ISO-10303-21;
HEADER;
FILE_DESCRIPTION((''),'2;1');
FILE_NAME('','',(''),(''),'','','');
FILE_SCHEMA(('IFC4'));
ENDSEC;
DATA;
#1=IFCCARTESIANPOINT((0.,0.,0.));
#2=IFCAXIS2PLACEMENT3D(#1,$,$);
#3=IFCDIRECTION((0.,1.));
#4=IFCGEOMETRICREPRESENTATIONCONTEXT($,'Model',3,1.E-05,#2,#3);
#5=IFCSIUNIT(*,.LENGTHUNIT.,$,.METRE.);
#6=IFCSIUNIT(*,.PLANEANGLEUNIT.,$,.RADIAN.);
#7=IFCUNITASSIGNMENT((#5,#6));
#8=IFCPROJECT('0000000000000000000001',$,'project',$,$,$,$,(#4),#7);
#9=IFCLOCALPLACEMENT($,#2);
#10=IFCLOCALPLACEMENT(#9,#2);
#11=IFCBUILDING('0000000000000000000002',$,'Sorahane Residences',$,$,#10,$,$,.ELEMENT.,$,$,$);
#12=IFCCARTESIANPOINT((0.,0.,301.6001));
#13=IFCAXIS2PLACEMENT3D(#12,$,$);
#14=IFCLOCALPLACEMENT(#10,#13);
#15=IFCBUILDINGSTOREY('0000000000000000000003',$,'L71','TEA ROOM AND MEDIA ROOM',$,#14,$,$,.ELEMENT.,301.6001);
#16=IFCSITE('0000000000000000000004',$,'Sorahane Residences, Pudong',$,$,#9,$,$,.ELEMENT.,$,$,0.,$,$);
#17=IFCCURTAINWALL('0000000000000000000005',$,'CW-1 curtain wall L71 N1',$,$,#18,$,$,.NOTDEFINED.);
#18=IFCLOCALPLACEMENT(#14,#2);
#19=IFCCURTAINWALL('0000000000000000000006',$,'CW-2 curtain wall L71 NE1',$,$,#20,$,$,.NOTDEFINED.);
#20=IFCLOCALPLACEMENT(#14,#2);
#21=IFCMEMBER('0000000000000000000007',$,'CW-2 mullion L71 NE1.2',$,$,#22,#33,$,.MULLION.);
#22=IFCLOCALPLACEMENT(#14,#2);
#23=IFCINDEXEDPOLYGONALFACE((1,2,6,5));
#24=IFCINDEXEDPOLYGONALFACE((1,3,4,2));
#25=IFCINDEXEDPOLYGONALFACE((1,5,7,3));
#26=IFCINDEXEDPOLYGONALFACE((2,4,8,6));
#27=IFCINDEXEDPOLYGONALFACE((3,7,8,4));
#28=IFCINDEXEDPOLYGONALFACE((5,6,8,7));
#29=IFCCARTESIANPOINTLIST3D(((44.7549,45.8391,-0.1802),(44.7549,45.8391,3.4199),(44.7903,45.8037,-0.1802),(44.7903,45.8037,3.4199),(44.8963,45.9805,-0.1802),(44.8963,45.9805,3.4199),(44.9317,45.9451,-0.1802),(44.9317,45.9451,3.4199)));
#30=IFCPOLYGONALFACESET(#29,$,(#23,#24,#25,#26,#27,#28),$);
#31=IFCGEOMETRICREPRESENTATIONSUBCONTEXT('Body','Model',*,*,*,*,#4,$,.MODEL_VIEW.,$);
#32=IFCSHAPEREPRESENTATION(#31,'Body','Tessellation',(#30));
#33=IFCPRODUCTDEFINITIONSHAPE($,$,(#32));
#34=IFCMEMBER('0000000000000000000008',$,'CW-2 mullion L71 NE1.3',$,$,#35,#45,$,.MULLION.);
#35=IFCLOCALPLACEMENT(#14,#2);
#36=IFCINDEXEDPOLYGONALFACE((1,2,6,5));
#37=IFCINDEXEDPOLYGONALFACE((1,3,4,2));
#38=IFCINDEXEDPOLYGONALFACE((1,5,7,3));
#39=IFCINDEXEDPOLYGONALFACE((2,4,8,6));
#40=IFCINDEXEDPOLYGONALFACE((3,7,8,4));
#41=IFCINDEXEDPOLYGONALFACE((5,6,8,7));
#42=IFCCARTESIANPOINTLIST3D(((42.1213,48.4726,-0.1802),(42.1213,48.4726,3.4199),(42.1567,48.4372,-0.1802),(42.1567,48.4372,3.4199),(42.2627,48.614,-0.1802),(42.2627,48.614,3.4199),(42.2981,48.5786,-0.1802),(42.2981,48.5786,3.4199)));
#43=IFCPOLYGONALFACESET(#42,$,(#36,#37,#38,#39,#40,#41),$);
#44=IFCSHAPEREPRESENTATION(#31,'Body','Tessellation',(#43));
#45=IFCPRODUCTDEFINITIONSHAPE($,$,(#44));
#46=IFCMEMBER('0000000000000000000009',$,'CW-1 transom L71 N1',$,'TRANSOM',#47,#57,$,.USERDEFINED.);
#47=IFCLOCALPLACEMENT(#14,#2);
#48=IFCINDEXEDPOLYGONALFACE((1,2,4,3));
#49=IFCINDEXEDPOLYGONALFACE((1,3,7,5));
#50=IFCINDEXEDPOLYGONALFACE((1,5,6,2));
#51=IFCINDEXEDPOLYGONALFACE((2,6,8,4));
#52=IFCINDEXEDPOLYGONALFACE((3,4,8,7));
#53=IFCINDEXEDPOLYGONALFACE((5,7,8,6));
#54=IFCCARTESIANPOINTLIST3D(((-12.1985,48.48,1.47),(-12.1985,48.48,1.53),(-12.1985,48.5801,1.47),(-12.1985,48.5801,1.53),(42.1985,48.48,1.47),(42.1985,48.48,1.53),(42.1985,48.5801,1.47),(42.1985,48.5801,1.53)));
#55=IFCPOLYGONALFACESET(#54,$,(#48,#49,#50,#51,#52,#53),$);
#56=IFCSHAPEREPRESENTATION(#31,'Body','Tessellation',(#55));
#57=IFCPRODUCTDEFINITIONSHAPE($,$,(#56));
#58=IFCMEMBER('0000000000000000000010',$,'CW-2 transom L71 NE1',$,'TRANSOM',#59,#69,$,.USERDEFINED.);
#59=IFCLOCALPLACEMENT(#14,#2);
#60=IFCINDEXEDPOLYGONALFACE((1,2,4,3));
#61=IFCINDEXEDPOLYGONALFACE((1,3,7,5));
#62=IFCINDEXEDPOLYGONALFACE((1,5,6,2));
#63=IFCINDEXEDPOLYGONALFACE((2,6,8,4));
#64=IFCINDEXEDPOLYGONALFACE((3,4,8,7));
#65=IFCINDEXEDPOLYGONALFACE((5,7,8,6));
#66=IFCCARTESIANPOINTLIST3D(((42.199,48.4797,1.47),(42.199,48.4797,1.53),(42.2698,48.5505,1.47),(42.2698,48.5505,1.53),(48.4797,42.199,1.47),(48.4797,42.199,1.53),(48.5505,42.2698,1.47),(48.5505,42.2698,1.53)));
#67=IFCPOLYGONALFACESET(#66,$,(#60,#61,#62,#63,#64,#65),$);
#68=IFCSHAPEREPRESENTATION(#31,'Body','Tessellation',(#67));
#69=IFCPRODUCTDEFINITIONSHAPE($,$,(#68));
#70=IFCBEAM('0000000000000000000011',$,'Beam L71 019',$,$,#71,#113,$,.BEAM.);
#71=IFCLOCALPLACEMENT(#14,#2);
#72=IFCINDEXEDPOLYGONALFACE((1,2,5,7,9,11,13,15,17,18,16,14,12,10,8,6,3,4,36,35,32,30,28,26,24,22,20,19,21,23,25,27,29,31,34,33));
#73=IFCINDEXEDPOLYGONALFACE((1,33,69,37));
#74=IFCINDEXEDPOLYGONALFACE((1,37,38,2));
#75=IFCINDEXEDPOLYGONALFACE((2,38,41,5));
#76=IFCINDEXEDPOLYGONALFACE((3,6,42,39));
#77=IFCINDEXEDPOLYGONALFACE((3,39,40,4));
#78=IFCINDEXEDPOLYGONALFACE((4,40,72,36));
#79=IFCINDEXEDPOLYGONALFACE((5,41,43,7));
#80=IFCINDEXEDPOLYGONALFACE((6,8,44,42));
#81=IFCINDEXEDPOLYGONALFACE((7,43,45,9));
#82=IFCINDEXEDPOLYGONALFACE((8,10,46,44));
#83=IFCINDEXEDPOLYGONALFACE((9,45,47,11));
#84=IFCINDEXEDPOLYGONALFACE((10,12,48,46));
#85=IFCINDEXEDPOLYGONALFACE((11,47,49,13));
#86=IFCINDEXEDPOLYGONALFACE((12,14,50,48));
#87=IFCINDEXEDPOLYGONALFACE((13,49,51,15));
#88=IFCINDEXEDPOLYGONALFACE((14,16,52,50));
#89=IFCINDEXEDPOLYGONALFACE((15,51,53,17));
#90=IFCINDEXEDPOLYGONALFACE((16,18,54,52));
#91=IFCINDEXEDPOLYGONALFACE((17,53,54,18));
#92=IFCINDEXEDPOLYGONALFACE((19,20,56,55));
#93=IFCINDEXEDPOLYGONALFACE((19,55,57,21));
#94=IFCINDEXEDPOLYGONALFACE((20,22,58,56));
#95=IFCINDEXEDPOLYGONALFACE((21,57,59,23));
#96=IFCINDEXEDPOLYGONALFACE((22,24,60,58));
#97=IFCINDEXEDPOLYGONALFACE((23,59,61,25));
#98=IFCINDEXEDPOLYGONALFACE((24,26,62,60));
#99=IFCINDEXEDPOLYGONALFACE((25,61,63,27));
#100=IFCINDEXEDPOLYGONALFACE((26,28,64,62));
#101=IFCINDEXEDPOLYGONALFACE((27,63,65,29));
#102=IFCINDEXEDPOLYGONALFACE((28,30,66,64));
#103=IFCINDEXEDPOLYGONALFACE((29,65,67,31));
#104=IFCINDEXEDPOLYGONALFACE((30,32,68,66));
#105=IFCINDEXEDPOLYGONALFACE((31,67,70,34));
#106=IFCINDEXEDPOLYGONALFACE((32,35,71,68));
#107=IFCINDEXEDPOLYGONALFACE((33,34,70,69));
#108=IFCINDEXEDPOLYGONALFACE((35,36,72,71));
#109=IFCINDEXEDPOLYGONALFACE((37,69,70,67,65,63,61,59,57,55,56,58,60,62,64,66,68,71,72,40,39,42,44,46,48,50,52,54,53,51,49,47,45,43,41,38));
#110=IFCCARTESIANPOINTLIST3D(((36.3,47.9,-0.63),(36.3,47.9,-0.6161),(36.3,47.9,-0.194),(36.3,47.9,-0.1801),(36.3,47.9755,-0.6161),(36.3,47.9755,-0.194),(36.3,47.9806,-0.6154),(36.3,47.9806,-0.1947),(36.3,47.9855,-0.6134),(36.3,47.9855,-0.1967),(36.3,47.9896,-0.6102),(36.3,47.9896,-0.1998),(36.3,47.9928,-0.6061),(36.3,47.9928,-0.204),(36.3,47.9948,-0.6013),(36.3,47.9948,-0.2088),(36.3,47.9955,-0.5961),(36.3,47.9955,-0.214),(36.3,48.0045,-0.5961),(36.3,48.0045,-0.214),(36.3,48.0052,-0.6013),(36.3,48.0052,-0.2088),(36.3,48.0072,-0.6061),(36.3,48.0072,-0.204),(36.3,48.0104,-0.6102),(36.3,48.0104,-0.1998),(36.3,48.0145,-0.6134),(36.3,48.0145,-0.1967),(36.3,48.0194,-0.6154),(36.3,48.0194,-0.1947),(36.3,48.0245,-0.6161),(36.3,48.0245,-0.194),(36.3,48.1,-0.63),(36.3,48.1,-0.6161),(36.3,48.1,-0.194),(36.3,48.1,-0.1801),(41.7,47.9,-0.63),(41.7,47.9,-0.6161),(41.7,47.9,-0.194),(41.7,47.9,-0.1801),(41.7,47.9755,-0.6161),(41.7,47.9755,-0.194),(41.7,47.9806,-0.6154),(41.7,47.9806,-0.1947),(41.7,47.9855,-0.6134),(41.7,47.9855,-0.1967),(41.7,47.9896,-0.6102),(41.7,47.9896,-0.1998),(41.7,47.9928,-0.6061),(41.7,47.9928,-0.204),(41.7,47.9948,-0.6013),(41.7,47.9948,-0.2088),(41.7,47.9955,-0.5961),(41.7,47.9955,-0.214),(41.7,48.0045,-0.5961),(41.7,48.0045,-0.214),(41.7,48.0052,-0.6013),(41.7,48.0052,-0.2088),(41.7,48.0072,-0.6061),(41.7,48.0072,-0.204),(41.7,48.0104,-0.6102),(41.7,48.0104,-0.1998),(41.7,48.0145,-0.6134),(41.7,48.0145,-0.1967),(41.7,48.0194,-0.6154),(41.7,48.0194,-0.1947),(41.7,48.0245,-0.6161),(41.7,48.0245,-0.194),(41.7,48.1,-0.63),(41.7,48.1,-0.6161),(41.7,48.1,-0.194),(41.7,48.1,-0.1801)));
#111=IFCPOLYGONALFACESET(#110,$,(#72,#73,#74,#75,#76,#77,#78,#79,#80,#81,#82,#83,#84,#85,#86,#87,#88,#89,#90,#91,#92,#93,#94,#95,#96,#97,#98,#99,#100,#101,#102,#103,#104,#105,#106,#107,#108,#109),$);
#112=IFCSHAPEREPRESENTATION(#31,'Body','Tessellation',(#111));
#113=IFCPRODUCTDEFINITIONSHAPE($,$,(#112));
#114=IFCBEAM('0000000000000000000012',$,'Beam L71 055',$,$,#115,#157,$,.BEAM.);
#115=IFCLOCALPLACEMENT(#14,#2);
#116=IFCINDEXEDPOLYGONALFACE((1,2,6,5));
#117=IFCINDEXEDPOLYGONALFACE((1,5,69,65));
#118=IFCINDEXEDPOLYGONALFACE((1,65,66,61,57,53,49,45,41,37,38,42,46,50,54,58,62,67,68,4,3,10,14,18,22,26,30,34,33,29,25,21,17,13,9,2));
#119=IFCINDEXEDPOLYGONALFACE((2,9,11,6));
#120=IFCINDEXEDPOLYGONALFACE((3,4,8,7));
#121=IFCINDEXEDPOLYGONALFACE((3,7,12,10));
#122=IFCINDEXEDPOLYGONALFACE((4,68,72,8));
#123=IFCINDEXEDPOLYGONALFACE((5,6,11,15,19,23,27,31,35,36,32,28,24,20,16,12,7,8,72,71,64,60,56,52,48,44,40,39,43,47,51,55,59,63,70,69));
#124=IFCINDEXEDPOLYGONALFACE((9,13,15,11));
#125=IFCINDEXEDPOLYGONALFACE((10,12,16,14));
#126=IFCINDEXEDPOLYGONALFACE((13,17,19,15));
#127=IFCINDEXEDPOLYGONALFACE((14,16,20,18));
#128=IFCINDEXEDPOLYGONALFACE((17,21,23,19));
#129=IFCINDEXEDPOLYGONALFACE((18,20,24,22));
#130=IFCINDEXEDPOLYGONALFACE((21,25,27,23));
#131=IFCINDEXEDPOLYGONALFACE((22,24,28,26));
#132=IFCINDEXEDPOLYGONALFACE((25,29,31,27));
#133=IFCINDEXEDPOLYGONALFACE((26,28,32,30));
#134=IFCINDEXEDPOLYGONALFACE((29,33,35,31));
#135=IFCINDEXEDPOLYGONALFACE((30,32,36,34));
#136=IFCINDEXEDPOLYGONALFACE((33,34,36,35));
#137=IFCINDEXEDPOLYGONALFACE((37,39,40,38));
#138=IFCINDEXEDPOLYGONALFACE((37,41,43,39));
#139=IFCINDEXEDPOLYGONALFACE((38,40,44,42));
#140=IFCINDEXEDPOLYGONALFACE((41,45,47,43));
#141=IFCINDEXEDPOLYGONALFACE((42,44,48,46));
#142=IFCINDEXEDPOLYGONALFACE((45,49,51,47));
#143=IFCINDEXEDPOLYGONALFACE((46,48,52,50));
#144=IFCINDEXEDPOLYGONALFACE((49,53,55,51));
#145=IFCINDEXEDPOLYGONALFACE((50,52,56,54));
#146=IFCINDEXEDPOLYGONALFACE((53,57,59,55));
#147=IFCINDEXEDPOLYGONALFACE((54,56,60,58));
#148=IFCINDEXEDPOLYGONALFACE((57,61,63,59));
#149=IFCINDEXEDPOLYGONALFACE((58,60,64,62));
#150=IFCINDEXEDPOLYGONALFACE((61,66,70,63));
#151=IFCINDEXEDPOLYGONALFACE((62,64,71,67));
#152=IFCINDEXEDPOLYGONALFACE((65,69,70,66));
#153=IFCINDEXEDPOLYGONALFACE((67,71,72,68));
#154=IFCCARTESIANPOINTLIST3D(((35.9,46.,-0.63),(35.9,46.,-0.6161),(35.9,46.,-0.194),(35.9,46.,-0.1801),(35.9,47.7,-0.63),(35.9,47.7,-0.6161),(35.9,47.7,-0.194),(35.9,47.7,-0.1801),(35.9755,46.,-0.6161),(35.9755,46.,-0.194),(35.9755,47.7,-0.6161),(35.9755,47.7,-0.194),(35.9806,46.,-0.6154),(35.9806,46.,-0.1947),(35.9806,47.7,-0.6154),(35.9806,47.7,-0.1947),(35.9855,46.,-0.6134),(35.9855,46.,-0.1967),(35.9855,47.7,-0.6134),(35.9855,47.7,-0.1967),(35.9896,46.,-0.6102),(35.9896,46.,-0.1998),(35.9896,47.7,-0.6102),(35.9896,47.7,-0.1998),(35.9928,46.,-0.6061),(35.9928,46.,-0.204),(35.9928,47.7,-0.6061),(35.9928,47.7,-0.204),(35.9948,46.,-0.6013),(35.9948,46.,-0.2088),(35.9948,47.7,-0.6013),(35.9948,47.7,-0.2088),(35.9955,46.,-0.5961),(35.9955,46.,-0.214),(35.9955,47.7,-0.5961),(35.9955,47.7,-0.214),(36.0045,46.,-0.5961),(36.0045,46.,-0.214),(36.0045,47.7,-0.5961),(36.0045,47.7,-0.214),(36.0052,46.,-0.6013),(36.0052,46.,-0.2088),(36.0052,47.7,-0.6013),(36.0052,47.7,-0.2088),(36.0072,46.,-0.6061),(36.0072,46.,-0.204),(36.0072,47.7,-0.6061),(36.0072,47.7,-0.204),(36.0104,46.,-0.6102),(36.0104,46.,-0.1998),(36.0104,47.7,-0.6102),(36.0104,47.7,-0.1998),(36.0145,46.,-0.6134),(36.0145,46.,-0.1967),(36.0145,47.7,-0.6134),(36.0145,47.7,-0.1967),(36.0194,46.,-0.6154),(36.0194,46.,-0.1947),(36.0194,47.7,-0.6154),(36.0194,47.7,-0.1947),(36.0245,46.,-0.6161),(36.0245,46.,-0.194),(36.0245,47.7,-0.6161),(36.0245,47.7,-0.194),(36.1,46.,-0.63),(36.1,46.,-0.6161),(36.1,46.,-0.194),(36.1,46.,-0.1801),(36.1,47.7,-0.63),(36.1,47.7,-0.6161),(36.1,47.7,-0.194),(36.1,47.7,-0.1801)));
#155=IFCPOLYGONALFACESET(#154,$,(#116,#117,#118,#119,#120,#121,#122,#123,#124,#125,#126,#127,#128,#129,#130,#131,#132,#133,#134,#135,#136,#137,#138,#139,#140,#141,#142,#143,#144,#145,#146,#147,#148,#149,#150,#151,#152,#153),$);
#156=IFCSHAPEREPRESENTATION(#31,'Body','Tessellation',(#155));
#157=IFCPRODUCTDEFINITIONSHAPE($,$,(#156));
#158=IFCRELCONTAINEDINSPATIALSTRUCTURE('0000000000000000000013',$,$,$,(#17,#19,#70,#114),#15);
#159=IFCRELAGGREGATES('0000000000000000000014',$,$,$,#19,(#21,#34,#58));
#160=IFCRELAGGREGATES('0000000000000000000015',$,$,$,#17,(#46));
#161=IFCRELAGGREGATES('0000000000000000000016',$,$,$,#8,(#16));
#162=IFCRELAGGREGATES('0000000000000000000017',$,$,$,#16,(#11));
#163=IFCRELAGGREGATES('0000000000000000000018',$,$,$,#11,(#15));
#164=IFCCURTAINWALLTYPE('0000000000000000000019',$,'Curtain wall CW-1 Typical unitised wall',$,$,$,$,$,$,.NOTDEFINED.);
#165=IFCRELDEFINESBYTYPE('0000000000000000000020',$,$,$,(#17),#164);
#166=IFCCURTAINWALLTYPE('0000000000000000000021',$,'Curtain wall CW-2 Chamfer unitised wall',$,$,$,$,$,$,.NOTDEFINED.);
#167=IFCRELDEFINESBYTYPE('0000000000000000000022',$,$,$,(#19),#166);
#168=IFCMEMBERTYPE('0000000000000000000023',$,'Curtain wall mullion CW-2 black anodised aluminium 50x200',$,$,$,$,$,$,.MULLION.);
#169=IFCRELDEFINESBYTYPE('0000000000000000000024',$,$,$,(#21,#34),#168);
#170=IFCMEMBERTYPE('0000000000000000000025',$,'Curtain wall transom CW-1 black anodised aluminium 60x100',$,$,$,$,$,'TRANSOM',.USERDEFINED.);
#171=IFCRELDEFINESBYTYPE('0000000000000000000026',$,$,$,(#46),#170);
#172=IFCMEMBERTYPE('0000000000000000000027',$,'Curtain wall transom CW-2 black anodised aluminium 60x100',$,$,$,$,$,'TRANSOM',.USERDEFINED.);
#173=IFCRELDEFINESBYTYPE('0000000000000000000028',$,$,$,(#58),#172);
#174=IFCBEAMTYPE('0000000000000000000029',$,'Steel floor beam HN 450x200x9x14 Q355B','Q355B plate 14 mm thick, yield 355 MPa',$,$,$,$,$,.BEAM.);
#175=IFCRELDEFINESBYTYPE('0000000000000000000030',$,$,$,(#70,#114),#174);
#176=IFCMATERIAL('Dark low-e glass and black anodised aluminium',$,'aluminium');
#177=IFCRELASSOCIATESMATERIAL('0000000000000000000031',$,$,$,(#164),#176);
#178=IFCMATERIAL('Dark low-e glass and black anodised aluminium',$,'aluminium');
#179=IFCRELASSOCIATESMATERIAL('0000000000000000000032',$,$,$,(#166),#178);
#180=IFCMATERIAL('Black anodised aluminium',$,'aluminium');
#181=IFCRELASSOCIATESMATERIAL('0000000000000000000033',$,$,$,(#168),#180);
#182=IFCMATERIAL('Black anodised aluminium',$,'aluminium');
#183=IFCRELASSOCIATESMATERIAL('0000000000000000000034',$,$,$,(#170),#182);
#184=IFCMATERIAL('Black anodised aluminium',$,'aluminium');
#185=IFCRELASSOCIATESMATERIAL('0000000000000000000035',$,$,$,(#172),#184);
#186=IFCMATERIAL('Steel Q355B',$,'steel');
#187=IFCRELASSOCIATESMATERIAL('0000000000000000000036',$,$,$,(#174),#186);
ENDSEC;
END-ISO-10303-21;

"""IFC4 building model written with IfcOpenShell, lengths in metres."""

from ifc_helpers import new_model, si_unit, direction, frame, origin, origin_2d, place, context, subcontext, project, spatial, rectangle, i_section, extrude, material, material_profile, profile_set, type_object, element, aggregate, save


model = new_model("IFC4")

# Units and contexts
model_context = context("Model", 3, precision=1e-05, world=origin(), true_north=direction((0.0, 1.0)))
body_context = subcontext(model_context, "Body", "Model", "MODEL_VIEW")
ifc_project = project(units=[si_unit("LENGTHUNIT", "METRE"), si_unit("PLANEANGLEUNIT", "RADIAN")], contexts=[model_context])

# Site, building, storey
site_placement = place(None, origin())
site = spatial("IfcSite", under=ifc_project, at=site_placement, Name="Sorahane Residences, Pudong", CompositionType="ELEMENT", RefElevation=0.0)
building_placement = place(site_placement, origin())
building = spatial("IfcBuilding", under=site, at=building_placement, Name="Sorahane Residences", CompositionType="ELEMENT")
storey_placement = place(building_placement, frame((0.0, 0.0, 301.6001)))
storey = spatial("IfcBuildingStorey", under=building, at=storey_placement, Name="L71", Description="TEA ROOM AND MEDIA ROOM", CompositionType="ELEMENT", Elevation=301.6001)

# Curtain wall
ifc_material_1 = material(Name="Dark low-e glass and black anodised aluminium", Category="aluminium")
curtain_wall_type_1 = type_object("IfcCurtainWallType", Name="Curtain wall CW-1 Typical unitised wall", PredefinedType="NOTDEFINED", material=ifc_material_1)
curtain_wall_1_placement = place(storey_placement, origin())
curtain_wall_1 = element("IfcCurtainWall", 1, at=curtain_wall_1_placement, inside=storey, type_object=curtain_wall_type_1, Name="CW-1 curtain wall L71 N1", PredefinedType="NOTDEFINED")

# Curtain wall, members
ifc_material_2 = material(Name="Dark low-e glass and black anodised aluminium", Category="aluminium")
curtain_wall_type_2 = type_object("IfcCurtainWallType", Name="Curtain wall CW-2 Chamfer unitised wall", PredefinedType="NOTDEFINED", material=ifc_material_2)
curtain_wall_2_placement = place(storey_placement, origin())
curtain_wall_2 = element("IfcCurtainWall", 2, at=curtain_wall_2_placement, inside=storey, type_object=curtain_wall_type_2, Name="CW-2 curtain wall L71 NE1", PredefinedType="NOTDEFINED")
ifc_material_3 = material(Name="Black anodised aluminium", Category="aluminium")
ifc_material_profile_1 = material_profile(ifc_material_3, rectangle(XDim=0.2, YDim=0.05, at=origin_2d()), Name="Curtain wall mullion CW-2 black anodised aluminium 50x200")
ifc_profile_set_1 = profile_set([ifc_material_profile_1], Name="Black anodised aluminium")
member_type_1 = type_object("IfcMemberType", Name="Curtain wall mullion CW-2 black anodised aluminium 50x200", PredefinedType="MULLION", material=ifc_profile_set_1)
member_1_placement = place(storey_placement, frame((44.8433, 45.8921, -0.1802), z_axis=(0.0, 0.0, 1.0), x_axis=(0.707107, 0.707107, 0.0)))
member_1 = element("IfcMember", 3, at=member_1_placement, type_object=member_type_1, Name="CW-2 mullion L71 NE1.2", PredefinedType="MULLION", context=body_context, shape_type="SweptSolid", body=[
    extrude(rectangle(XDim=0.2, YDim=0.05, at=origin_2d()), origin(), (0.0, 0.0, 1.0), 3.6001),
])
member_2_placement = place(storey_placement, frame((42.2097, 48.5256, -0.1802), z_axis=(0.0, 0.0, 1.0), x_axis=(0.707107, 0.707107, 0.0)))
member_2 = element("IfcMember", 4, at=member_2_placement, type_object=member_type_1, Name="CW-2 mullion L71 NE1.3", PredefinedType="MULLION", context=body_context, shape_type="SweptSolid", body=[
    extrude(rectangle(XDim=0.2, YDim=0.05, at=origin_2d()), origin(), (0.0, 0.0, 1.0), 3.6001),
])

# Members
ifc_material_4 = material(Name="Black anodised aluminium", Category="aluminium")
ifc_material_profile_2 = material_profile(ifc_material_4, rectangle(XDim=0.1001, YDim=0.0601, at=origin_2d()), Name="Curtain wall transom CW-1 black anodised aluminium 60x100")
ifc_profile_set_2 = profile_set([ifc_material_profile_2], Name="Black anodised aluminium")
member_type_2 = type_object("IfcMemberType", Name="Curtain wall transom CW-1 black anodised aluminium 60x100", ElementType="TRANSOM", PredefinedType="USERDEFINED", material=ifc_profile_set_2)
member_3_placement = place(storey_placement, frame((42.1985, 48.53, 1.5), z_axis=(-1.0, 0.0, 0.0), x_axis=(0.0, -1.0, 0.0)))
member_3 = element("IfcMember", 5, at=member_3_placement, type_object=member_type_2, Name="CW-1 transom L71 N1", ObjectType="TRANSOM", PredefinedType="USERDEFINED", context=body_context, shape_type="SweptSolid", body=[
    extrude(rectangle(XDim=0.1001, YDim=0.0601, at=origin_2d()), origin(), (0.0, 0.0, 1.0), 54.397),
])
ifc_material_5 = material(Name="Black anodised aluminium", Category="aluminium")
ifc_material_profile_3 = material_profile(ifc_material_5, rectangle(XDim=0.1001, YDim=0.0601, at=origin_2d()), Name="Curtain wall transom CW-2 black anodised aluminium 60x100")
ifc_profile_set_3 = profile_set([ifc_material_profile_3], Name="Black anodised aluminium")
member_type_3 = type_object("IfcMemberType", Name="Curtain wall transom CW-2 black anodised aluminium 60x100", ElementType="TRANSOM", PredefinedType="USERDEFINED", material=ifc_profile_set_3)
member_4_placement = place(storey_placement, frame((48.5151, 42.2344, 1.5), z_axis=(-0.707107, 0.707107, 0.0), x_axis=(-0.707107, -0.707107, 0.0)))
member_4 = element("IfcMember", 6, at=member_4_placement, type_object=member_type_3, Name="CW-2 transom L71 NE1", ObjectType="TRANSOM", PredefinedType="USERDEFINED", context=body_context, shape_type="SweptSolid", body=[
    extrude(rectangle(XDim=0.1001, YDim=0.0601, at=origin_2d()), origin(), (0.0, 0.0, 1.0), 8.8823),
])

# Beams
ifc_material_6 = material(Name="Steel Q355B", Category="steel")
ifc_material_profile_4 = material_profile(ifc_material_6, i_section(OverallWidth=0.2, OverallDepth=0.45, WebThickness=0.009, FlangeThickness=0.0139, FilletRadius=0.02, at=origin_2d()), Name="HN 450x200x9x14")
ifc_profile_set_4 = profile_set([ifc_material_profile_4], Name="Steel Q355B")
beam_type = type_object("IfcBeamType", Name="Steel floor beam HN 450x200x9x14 Q355B", Description="Q355B plate 14 mm thick, yield 355 MPa", PredefinedType="BEAM", material=ifc_profile_set_4)
beam_1_placement = place(storey_placement, frame((36.3, 48.0, -0.405), z_axis=(1.0, 0.0, 0.0), x_axis=(0.0, 1.0, 0.0)))
element("IfcBeam", 7, at=beam_1_placement, inside=storey, type_object=beam_type, Name="Beam L71 019", PredefinedType="BEAM", context=body_context, shape_type="SweptSolid", body=[
    extrude(i_section(OverallWidth=0.2, OverallDepth=0.45, WebThickness=0.009, FlangeThickness=0.0139, FilletRadius=0.02, at=origin_2d()), origin(), (0.0, 0.0, 1.0), 5.3999),
])
for number, where, z_axis, x_axis, name in (
    (8, (36.0, 46.0, -0.405), (0.0, 1.0, 0.0), (-1.0, 0.0, 0.0), "Beam L71 055"),
):
    element("IfcBeam", number, at=place(storey_placement, frame(where, z_axis=z_axis, x_axis=x_axis)), inside=storey, type_object=beam_type, Name=name, PredefinedType="BEAM", context=body_context, shape_type="SweptSolid", body=[
        extrude(i_section(OverallWidth=0.2, OverallDepth=0.45, WebThickness=0.009, FlangeThickness=0.0139, FilletRadius=0.02, at=origin_2d()), origin(), (0.0, 0.0, 1.0), 1.7),
    ])

aggregate(curtain_wall_2, [member_1, member_2, member_4])
aggregate(curtain_wall_1, [member_3])

save(model, "model.ifc")
